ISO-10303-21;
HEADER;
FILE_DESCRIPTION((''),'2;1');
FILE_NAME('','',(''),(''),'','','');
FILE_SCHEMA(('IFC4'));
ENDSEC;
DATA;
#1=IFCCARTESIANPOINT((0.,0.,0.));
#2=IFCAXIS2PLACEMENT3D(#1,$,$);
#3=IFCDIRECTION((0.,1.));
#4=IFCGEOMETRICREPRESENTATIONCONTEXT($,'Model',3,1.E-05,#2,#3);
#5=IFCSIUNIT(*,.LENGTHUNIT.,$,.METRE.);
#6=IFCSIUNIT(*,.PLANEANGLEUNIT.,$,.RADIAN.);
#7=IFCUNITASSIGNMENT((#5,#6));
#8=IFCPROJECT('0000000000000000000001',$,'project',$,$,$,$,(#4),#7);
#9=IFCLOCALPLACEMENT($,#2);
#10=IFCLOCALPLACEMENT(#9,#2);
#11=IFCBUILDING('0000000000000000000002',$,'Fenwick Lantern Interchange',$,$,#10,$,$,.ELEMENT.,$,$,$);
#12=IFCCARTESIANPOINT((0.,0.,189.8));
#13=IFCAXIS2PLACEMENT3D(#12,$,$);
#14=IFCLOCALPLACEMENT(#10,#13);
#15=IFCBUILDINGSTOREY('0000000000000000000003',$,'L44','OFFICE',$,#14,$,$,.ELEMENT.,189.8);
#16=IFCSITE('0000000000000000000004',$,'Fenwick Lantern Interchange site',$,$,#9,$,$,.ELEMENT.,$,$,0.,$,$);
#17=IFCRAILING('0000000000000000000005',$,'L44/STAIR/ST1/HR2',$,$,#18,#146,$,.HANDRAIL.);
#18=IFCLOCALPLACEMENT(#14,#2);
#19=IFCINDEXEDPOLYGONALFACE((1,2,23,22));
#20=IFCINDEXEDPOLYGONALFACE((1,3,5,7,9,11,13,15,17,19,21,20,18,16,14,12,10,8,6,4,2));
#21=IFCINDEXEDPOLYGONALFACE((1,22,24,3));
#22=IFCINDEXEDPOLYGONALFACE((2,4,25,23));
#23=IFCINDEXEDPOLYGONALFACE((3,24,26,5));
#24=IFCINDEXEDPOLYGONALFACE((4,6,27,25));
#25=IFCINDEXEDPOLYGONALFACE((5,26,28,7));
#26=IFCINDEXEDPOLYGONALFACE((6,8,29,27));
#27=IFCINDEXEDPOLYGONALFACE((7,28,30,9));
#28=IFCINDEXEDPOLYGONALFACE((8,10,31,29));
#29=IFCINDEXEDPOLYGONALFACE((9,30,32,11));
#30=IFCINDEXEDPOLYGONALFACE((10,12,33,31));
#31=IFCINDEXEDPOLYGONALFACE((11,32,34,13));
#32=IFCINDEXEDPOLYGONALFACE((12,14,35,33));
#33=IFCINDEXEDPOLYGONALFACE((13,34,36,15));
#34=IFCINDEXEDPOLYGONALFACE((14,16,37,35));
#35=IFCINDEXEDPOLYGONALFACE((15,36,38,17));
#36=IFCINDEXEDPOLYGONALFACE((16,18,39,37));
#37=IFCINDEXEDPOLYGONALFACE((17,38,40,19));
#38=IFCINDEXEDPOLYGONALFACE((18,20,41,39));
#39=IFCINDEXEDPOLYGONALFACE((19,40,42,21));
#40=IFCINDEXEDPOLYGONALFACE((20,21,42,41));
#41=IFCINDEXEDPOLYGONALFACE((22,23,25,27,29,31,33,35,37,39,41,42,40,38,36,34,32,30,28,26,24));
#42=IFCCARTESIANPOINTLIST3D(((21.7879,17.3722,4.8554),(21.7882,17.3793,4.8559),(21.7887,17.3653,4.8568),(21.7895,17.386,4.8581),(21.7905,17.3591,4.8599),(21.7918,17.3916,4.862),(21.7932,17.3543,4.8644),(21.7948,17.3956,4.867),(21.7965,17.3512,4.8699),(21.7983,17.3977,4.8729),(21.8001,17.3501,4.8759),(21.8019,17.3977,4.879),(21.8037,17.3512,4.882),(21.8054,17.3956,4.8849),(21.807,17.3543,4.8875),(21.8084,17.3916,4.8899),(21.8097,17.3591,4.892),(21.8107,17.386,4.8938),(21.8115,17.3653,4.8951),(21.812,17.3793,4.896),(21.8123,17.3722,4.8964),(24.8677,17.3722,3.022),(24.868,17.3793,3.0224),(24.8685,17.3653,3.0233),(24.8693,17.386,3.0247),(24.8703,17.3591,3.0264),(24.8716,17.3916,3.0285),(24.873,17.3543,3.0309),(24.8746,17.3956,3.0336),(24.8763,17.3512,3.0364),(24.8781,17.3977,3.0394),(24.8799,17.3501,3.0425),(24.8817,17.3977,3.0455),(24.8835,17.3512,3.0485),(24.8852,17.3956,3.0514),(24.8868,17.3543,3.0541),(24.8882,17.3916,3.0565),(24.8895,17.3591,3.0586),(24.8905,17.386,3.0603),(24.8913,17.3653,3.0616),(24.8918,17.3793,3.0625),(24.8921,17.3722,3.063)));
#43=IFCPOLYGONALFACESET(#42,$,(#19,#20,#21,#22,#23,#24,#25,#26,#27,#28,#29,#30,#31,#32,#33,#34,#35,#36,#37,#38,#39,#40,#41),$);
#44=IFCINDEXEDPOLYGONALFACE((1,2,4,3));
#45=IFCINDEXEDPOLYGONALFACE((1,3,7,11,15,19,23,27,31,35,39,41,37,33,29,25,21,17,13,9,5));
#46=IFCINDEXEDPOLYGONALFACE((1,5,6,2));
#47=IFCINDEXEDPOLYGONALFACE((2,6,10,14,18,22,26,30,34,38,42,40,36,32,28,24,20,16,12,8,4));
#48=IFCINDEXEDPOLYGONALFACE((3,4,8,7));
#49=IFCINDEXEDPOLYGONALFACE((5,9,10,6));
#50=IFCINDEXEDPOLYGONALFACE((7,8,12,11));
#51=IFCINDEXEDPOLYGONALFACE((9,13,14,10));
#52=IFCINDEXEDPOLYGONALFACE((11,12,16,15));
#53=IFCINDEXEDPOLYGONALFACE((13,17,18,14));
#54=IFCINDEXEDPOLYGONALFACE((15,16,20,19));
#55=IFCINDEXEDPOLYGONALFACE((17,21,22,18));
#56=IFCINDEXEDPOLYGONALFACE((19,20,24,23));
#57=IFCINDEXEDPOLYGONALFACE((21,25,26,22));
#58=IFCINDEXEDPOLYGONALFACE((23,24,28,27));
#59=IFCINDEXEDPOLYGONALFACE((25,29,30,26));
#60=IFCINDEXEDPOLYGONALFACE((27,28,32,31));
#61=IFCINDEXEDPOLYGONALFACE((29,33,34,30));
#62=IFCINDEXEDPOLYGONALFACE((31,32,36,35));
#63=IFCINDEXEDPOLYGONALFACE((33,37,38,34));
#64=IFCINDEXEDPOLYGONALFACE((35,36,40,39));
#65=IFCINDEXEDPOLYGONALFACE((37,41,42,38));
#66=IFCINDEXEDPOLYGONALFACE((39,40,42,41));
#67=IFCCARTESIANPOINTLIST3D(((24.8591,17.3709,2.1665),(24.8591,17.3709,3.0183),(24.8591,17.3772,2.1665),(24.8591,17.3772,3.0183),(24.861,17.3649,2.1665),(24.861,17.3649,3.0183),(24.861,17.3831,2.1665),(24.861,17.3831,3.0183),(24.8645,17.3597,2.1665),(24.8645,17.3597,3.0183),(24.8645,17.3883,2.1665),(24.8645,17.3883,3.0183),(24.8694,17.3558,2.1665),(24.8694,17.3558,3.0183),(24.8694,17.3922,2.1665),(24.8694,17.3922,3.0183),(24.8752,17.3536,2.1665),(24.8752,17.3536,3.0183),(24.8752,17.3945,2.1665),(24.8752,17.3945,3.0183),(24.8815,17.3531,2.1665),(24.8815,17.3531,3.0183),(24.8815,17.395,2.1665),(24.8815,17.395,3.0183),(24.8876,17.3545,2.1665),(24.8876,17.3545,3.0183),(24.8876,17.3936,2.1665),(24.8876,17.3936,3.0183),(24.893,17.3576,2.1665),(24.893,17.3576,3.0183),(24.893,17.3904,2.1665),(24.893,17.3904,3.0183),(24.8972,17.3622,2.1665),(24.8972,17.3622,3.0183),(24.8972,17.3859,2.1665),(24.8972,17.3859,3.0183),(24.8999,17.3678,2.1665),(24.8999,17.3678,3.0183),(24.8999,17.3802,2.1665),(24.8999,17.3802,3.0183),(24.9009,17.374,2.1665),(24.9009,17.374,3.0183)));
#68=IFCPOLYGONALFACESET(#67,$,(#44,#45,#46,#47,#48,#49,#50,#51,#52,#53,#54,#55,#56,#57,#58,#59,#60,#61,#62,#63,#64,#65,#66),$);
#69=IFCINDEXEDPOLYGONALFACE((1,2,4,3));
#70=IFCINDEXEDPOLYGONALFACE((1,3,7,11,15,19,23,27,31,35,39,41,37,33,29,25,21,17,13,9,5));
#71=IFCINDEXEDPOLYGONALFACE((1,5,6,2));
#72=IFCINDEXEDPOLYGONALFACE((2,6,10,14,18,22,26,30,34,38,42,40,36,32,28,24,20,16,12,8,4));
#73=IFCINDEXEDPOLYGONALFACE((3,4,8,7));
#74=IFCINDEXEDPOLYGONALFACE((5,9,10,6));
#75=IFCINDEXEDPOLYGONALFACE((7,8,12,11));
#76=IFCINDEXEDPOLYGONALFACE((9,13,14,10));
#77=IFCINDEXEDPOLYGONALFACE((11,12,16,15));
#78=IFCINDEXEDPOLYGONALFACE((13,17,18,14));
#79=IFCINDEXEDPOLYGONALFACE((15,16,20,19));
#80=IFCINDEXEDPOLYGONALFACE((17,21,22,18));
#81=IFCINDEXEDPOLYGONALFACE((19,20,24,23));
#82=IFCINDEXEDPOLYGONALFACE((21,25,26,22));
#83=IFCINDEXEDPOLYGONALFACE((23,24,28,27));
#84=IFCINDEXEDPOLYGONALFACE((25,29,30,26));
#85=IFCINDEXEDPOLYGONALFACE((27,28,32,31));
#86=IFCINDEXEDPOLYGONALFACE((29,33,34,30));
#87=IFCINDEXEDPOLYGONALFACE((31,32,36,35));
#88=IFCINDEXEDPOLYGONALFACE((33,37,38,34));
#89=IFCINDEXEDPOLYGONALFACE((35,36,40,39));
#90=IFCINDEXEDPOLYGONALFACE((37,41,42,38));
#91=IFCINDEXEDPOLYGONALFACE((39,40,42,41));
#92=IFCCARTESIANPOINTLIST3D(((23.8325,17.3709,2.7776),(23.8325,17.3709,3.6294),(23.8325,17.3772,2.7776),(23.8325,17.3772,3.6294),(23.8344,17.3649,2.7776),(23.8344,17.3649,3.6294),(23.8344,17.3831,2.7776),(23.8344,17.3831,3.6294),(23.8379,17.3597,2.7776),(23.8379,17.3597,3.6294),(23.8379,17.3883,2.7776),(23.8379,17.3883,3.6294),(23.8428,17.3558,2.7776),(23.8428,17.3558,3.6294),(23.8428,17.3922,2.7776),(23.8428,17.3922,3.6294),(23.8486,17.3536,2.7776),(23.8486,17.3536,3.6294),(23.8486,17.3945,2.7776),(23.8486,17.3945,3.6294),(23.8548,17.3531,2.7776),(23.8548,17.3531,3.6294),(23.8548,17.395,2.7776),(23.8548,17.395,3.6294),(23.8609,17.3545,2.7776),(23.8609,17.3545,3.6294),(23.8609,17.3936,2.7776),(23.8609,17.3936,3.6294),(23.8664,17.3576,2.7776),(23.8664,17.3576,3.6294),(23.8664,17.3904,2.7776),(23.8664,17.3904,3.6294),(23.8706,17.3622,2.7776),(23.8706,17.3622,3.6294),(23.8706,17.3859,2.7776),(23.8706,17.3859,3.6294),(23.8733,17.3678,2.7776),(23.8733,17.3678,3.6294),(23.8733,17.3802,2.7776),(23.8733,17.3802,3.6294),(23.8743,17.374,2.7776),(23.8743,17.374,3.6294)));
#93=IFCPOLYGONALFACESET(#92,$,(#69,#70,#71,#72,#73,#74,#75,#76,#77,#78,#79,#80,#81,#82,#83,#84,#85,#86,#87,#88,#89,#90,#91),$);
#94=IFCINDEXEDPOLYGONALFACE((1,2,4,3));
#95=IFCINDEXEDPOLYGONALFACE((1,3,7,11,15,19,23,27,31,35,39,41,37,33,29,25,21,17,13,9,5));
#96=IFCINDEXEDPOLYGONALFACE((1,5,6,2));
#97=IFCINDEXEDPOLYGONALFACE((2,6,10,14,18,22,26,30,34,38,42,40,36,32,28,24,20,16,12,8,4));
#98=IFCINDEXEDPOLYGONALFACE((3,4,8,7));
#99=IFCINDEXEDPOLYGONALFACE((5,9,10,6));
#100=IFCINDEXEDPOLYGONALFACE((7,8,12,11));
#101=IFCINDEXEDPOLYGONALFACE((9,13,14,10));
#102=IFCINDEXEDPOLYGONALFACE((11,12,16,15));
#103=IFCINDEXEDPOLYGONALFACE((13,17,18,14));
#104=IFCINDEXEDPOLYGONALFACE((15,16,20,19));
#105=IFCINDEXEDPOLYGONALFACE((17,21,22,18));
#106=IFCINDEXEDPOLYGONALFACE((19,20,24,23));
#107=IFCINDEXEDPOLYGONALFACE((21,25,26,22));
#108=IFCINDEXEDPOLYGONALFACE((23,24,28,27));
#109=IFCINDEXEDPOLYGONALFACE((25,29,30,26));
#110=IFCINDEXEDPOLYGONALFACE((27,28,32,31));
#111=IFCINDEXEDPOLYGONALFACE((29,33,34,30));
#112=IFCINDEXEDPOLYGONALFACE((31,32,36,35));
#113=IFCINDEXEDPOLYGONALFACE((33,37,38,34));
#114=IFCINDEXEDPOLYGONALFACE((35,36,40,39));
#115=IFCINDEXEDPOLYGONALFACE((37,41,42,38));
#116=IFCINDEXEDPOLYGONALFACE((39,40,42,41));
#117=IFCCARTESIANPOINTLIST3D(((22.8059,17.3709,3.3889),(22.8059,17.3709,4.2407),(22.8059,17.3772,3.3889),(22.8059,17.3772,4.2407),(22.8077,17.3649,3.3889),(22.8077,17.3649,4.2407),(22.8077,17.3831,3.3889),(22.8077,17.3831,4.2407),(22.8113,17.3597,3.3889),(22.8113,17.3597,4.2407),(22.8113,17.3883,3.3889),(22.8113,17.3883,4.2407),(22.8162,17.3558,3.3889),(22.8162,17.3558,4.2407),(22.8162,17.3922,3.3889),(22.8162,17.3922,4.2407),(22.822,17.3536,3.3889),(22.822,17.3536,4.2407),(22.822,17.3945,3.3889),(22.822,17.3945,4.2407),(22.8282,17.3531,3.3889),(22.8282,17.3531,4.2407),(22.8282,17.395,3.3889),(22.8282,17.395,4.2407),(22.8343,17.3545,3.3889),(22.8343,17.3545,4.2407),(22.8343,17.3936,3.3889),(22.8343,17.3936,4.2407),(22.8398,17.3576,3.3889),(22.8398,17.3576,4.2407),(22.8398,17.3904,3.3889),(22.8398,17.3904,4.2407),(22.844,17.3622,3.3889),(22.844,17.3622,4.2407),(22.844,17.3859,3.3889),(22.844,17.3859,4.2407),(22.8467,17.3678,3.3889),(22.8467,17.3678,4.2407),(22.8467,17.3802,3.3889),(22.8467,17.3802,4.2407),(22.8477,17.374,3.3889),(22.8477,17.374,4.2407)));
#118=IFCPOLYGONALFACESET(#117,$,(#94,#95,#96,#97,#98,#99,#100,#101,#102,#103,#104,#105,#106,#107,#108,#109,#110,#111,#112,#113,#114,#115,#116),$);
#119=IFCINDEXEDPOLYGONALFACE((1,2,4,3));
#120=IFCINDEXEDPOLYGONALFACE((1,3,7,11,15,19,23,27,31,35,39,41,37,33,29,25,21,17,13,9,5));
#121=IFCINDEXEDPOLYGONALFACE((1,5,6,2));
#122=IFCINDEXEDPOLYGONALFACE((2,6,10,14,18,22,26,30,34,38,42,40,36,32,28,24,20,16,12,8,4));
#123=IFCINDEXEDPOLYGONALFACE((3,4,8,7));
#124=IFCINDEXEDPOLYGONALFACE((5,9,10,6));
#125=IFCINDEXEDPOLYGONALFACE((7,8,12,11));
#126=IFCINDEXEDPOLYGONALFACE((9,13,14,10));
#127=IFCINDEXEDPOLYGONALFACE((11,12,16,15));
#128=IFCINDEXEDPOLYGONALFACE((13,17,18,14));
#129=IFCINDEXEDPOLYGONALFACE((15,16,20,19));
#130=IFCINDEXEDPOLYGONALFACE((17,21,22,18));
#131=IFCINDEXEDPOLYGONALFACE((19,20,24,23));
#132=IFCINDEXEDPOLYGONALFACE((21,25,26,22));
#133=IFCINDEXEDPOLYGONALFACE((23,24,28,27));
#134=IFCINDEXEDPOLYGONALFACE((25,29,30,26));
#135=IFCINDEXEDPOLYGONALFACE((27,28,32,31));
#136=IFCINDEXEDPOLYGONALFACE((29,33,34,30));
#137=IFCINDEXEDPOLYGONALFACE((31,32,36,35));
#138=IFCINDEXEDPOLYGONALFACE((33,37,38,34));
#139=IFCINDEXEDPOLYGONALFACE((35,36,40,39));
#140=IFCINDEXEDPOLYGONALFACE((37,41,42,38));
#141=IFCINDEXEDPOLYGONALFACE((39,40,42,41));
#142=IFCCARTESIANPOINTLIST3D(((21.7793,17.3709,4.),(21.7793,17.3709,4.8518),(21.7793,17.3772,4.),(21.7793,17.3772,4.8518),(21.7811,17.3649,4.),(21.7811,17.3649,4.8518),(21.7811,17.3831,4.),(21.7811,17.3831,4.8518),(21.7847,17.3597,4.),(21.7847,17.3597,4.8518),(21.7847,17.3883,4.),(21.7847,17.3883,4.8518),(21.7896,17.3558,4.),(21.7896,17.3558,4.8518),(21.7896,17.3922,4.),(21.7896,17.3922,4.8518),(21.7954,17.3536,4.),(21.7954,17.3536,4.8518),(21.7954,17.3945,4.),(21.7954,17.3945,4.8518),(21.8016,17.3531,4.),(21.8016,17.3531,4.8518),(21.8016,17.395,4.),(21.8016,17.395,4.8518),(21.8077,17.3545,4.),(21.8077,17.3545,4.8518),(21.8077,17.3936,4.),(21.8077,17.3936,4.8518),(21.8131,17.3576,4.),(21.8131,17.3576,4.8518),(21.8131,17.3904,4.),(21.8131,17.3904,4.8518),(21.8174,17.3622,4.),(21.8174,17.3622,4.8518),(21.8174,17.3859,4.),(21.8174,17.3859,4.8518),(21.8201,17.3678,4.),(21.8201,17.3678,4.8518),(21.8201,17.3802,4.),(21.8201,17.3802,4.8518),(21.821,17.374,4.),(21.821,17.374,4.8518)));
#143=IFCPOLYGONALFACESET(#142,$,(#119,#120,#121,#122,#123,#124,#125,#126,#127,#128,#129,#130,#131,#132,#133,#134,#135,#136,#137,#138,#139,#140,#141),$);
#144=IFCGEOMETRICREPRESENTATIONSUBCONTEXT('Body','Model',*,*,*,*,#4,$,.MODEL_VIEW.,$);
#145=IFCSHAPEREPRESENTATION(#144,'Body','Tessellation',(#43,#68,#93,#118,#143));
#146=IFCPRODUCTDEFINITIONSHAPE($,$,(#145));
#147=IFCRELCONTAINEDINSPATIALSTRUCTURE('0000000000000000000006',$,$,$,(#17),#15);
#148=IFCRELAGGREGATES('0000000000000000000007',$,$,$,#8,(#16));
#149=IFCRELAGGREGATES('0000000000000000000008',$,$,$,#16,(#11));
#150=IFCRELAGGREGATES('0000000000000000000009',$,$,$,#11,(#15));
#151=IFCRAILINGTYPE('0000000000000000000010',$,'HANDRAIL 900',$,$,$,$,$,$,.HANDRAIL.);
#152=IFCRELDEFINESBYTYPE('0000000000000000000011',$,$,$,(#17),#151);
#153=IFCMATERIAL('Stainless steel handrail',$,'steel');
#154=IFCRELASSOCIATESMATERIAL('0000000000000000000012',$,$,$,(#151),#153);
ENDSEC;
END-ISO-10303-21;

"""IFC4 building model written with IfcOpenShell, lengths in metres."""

from ifc_helpers import new_model, si_unit, direction, frame, origin, origin_2d, place, context, subcontext, project, spatial, circle, extrude, material, type_object, element, save


model = new_model("IFC4")

# Units and contexts
model_context = context("Model", 3, precision=1e-05, world=origin(), true_north=direction((0.0, 1.0)))
body_context = subcontext(model_context, "Body", "Model", "MODEL_VIEW")
ifc_project = project(units=[si_unit("LENGTHUNIT", "METRE"), si_unit("PLANEANGLEUNIT", "RADIAN")], contexts=[model_context])

# Site, building, storey
site_placement = place(None, origin())
site = spatial("IfcSite", under=ifc_project, at=site_placement, Name="Fenwick Lantern Interchange site", CompositionType="ELEMENT", RefElevation=0.0)
building_placement = place(site_placement, origin())
building = spatial("IfcBuilding", under=site, at=building_placement, Name="Fenwick Lantern Interchange", CompositionType="ELEMENT")
storey_placement = place(building_placement, frame((0.0, 0.0, 189.8)))
storey = spatial("IfcBuildingStorey", under=building, at=storey_placement, Name="L44", Description="OFFICE", CompositionType="ELEMENT", Elevation=189.8)

# Railing
ifc_material_1 = material(Name="Stainless steel handrail", Category="steel")
railing_type = type_object("IfcRailingType", Name="HANDRAIL 900", PredefinedType="HANDRAIL", material=ifc_material_1)
railing_1_placement = place(storey_placement, frame((24.8799, 17.374, 2.1665)))
element("IfcRailing", 1, at=railing_1_placement, inside=storey, type_object=railing_type, Name="L44/STAIR/ST1/HR2", PredefinedType="HANDRAIL", context=body_context, shape_type="SweptSolid", body=[
    extrude(circle(Radius=0.0239, at=origin_2d()), frame((0.0, 0.0, 0.876), z_axis=(-0.859261, 0.0, 0.511538), x_axis=(0.0, -1.0, 0.0)), (0.0, 0.0, 1.0), 3.5842),
    extrude(circle(Radius=0.021, at=origin_2d()), origin(), (0.0, 0.0, 1.0), 0.8518),
    extrude(circle(Radius=0.021, at=origin_2d()), frame((-1.0266, 0.0, 0.6111)), (0.0, 0.0, 1.0), 0.8518),
    extrude(circle(Radius=0.021, at=origin_2d()), frame((-2.0532, 0.0, 1.2224)), (0.0, 0.0, 1.0), 0.8518),
    extrude(circle(Radius=0.021, at=origin_2d()), frame((-3.0798, 0.0, 1.8335)), (0.0, 0.0, 1.0), 0.8518),
])

save(model, "model.ifc")
